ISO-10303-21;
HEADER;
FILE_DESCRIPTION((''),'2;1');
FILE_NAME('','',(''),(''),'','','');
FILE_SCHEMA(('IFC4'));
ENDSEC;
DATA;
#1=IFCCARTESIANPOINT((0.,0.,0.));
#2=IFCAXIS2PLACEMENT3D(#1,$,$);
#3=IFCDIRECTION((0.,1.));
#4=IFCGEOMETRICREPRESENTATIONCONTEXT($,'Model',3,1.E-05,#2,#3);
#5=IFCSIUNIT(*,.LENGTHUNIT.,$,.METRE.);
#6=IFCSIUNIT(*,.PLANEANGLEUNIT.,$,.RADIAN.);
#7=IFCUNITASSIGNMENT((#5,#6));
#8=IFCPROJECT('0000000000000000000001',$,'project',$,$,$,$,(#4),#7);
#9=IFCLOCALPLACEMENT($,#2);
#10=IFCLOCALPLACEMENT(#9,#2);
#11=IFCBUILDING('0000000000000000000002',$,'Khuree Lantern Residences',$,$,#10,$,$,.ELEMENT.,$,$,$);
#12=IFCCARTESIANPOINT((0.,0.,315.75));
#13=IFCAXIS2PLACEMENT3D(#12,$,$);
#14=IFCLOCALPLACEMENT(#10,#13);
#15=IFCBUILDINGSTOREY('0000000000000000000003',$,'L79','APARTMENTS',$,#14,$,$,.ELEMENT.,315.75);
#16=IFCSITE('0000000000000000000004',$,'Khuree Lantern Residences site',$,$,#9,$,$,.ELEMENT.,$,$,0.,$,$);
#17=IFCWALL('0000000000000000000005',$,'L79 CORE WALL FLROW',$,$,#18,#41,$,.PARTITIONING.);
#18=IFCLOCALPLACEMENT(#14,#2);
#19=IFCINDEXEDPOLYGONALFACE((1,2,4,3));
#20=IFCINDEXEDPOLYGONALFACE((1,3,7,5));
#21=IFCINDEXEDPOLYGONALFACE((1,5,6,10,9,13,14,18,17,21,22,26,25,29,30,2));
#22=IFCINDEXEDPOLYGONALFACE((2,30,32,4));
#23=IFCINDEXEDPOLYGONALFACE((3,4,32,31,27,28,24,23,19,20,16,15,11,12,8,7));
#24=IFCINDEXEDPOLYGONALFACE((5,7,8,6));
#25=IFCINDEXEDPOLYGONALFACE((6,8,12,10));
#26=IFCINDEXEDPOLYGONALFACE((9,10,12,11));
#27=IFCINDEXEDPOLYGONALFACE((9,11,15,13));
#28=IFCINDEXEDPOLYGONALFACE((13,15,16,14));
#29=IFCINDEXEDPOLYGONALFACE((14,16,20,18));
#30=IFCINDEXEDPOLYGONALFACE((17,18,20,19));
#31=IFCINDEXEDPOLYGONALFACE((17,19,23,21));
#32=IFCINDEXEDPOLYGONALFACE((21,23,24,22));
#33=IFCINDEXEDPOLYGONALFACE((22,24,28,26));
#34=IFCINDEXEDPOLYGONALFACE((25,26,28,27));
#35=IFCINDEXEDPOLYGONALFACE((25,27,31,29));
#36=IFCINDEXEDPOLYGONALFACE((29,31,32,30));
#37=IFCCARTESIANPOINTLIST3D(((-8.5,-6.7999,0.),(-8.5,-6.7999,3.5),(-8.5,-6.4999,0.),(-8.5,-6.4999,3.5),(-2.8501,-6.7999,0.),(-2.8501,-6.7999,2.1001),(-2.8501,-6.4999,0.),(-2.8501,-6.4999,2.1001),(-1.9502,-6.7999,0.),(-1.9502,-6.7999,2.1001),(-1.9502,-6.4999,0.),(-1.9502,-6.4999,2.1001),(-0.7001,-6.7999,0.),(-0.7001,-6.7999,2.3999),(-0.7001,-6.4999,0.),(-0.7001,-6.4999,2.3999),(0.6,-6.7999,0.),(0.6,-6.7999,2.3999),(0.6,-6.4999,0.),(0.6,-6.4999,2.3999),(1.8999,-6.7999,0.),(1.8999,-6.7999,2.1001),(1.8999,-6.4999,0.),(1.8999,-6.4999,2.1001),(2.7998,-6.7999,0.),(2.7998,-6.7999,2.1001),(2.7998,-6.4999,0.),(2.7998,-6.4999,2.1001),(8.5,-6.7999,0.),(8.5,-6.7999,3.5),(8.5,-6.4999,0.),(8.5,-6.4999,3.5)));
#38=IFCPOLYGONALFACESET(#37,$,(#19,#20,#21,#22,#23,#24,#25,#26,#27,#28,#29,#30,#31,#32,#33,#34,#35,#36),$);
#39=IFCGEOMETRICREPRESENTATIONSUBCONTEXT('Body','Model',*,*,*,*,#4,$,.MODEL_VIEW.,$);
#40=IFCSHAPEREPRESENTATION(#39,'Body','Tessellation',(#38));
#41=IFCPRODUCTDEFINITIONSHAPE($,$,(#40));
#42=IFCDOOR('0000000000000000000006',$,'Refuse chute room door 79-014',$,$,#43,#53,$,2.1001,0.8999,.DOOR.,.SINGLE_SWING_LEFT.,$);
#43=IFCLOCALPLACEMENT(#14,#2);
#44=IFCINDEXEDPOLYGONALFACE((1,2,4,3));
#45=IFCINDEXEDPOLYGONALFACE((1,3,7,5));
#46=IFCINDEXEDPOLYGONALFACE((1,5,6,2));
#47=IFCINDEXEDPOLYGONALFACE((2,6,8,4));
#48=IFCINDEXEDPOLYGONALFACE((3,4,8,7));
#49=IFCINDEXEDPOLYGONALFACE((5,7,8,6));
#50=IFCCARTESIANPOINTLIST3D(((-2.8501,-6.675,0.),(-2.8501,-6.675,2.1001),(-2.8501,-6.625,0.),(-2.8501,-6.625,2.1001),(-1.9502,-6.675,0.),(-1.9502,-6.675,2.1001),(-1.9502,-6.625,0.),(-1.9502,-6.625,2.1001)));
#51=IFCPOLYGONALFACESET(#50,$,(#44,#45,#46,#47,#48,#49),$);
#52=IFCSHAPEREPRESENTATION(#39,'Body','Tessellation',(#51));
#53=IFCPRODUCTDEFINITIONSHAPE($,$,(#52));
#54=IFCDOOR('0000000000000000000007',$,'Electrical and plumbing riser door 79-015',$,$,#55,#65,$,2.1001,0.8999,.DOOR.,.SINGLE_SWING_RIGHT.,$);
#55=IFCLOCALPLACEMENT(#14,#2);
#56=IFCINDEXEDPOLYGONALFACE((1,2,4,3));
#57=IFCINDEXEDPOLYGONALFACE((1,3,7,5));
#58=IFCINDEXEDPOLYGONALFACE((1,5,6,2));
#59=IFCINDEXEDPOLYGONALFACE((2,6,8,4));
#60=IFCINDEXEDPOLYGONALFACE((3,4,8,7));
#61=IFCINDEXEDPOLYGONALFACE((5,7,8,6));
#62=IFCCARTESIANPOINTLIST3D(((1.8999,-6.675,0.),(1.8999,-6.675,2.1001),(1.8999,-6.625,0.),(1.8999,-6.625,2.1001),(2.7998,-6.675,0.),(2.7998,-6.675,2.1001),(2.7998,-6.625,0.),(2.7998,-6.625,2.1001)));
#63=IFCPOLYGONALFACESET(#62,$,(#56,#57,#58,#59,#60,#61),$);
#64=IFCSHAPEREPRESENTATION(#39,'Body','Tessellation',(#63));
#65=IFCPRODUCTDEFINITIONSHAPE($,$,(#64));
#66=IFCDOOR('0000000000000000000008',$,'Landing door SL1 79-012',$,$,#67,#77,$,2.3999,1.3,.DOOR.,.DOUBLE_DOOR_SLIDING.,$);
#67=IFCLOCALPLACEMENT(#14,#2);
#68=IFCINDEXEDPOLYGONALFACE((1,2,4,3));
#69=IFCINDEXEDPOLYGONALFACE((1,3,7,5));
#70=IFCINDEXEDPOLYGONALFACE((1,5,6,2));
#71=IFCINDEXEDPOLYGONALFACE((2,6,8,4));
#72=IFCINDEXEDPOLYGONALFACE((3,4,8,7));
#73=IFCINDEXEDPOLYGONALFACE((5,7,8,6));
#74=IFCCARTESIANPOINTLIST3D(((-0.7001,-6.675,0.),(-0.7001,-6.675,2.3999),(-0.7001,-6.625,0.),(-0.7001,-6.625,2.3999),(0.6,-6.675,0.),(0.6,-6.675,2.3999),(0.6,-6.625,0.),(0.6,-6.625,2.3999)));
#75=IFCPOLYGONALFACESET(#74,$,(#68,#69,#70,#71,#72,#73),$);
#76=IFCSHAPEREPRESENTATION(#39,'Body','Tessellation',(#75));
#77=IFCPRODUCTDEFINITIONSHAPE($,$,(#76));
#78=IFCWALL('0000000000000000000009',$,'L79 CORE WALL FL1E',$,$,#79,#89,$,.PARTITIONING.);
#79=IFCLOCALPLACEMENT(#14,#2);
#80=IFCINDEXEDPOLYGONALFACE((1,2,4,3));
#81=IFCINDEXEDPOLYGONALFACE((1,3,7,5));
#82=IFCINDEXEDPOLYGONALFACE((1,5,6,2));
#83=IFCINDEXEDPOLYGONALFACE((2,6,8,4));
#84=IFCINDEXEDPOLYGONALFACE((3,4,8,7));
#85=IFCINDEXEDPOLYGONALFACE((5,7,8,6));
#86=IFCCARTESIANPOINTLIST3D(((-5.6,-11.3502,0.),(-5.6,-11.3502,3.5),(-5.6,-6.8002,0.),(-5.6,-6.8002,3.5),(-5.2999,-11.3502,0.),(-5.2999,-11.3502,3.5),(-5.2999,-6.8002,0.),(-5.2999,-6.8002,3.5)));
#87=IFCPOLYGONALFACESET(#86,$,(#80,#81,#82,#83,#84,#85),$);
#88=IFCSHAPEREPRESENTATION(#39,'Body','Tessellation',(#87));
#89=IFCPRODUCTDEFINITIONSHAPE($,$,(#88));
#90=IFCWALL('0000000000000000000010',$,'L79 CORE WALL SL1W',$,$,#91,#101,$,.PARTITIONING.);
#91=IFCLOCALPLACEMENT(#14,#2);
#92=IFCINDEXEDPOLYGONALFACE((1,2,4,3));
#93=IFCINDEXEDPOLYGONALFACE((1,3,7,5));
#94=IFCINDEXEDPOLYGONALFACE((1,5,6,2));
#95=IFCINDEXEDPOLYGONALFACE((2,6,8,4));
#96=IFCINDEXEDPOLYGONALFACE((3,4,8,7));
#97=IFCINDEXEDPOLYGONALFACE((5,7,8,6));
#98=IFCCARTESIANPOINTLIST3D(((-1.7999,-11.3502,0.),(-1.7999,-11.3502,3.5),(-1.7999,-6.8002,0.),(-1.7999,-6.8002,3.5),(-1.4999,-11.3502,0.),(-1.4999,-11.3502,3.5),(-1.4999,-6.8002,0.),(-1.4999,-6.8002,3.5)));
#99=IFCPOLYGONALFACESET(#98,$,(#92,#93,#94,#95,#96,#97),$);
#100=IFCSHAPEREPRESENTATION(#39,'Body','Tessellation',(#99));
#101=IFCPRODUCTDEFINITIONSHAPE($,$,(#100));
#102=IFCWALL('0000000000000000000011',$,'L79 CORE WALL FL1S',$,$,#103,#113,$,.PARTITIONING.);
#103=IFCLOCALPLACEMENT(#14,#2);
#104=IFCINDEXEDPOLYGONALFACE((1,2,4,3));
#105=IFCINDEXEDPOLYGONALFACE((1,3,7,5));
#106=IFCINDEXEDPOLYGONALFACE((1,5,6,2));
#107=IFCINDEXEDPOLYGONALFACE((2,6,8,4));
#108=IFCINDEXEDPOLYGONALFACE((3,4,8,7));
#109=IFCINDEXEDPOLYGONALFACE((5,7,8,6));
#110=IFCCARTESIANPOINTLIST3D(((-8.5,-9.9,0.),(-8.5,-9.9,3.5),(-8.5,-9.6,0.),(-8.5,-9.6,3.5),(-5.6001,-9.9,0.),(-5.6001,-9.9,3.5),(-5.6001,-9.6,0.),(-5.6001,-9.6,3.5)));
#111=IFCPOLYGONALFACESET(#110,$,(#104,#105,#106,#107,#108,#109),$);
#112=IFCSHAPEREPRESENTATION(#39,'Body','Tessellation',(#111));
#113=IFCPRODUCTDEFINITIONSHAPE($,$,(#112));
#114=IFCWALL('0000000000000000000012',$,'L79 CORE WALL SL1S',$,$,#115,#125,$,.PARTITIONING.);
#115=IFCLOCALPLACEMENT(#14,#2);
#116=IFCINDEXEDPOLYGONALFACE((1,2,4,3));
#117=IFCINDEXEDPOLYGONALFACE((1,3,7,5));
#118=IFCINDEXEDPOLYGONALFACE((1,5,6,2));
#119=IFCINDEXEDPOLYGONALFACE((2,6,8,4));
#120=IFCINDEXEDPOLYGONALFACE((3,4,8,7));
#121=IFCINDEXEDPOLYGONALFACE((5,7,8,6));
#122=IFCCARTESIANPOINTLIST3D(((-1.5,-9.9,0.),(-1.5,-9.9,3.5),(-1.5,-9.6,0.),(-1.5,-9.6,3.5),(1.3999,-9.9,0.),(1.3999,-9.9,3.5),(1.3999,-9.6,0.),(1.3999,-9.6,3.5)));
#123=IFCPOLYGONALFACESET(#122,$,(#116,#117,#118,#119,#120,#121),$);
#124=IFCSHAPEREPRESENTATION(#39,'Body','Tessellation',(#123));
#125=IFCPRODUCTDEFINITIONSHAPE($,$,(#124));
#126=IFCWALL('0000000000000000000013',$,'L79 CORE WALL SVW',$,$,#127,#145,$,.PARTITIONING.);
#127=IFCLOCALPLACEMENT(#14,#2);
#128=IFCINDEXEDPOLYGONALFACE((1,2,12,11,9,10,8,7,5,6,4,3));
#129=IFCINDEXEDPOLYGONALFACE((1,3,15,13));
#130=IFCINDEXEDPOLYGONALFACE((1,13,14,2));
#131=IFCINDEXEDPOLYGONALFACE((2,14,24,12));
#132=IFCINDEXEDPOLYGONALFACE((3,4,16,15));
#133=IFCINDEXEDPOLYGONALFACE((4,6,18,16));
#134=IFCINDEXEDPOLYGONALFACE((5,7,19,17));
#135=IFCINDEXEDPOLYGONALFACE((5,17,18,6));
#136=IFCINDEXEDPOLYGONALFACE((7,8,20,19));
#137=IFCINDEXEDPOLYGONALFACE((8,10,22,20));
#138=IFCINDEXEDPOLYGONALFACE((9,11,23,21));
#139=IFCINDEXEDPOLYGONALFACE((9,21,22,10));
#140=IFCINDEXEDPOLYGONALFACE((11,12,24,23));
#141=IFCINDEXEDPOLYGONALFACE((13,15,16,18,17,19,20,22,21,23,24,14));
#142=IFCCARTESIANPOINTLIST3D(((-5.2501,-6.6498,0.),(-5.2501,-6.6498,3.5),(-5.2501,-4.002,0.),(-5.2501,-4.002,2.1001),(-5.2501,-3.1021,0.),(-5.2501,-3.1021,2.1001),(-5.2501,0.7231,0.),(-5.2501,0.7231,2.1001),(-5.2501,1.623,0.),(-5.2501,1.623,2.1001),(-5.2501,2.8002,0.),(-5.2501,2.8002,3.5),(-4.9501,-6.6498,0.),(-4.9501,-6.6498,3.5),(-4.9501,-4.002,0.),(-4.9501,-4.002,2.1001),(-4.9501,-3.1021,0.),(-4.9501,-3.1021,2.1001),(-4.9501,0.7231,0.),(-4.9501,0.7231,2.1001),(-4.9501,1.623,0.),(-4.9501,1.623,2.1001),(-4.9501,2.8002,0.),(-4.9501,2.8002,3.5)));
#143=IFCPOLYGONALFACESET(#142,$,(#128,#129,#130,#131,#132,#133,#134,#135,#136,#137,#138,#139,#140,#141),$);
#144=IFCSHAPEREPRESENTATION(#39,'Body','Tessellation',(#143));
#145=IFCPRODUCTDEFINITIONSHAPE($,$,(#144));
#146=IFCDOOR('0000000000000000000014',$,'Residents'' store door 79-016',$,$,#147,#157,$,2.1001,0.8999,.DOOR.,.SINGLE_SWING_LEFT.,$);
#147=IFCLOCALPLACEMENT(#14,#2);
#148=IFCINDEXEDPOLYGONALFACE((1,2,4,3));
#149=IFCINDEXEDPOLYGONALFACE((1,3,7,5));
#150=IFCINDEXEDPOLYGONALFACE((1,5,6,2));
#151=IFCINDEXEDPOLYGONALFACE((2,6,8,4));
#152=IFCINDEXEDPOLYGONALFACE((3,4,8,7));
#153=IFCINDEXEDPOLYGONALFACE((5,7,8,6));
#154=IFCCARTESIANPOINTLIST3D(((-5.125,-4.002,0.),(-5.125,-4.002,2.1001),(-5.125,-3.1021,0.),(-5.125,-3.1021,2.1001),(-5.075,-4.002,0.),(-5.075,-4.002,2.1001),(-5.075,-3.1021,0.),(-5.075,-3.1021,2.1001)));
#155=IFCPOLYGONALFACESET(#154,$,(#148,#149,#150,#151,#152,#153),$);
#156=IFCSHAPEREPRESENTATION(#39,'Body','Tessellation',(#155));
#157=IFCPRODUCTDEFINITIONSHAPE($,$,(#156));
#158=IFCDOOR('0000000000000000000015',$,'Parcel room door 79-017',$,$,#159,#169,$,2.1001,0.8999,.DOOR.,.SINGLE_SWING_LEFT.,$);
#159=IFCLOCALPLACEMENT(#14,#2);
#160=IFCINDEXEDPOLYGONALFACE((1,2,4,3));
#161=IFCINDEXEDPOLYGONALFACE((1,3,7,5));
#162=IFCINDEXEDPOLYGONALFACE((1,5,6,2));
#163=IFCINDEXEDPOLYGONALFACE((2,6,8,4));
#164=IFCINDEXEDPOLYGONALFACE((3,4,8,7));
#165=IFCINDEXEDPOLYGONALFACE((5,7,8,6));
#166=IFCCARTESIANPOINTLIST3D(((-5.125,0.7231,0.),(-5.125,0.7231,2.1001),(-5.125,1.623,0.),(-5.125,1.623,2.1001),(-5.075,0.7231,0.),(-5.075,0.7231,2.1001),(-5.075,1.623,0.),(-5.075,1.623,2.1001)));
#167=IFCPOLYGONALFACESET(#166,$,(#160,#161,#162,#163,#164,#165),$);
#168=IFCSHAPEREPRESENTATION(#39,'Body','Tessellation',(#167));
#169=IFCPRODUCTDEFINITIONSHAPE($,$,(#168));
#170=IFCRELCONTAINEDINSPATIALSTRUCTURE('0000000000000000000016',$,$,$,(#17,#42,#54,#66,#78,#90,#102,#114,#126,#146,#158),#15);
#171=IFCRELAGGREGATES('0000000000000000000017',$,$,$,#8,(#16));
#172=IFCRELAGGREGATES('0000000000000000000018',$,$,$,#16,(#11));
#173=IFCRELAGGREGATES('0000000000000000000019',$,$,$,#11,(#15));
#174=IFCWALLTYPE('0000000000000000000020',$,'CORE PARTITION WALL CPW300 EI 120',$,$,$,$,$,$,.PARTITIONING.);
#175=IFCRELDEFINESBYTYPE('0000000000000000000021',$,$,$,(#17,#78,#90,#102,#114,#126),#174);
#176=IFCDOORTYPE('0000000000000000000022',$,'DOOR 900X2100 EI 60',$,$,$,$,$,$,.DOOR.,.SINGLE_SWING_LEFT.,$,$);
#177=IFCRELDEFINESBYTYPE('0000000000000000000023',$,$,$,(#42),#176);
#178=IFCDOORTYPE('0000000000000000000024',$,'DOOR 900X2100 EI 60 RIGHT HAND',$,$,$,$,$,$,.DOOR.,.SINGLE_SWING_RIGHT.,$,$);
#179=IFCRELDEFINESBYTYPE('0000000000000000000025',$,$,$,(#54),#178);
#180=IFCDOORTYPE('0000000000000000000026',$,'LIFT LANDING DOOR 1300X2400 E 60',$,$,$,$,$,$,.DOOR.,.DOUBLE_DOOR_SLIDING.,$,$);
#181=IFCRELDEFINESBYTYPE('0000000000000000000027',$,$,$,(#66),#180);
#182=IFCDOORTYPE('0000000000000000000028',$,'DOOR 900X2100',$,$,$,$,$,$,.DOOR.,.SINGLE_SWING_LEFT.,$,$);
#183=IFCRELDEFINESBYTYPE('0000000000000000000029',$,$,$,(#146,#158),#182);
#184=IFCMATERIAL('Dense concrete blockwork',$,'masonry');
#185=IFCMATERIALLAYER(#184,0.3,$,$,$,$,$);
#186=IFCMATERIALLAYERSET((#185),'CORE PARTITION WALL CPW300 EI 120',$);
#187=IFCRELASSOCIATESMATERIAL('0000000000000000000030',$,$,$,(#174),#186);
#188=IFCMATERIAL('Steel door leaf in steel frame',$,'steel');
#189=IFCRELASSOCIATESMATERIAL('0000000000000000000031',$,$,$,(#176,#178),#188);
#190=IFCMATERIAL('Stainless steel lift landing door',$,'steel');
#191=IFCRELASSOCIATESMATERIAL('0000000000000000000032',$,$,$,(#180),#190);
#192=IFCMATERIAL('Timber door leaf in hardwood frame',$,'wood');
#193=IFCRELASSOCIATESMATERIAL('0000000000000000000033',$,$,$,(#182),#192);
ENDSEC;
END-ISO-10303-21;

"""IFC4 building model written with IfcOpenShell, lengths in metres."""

from ifc_helpers import new_model, si_unit, direction, frame, frame_2d, origin, place, context, subcontext, project, spatial, rectangle, extrude, material, layer, layer_set, type_object, element, fill, save


model = new_model("IFC4")

# Units and contexts
model_context = context("Model", 3, precision=1e-05, world=origin(), true_north=direction((0.0, 1.0)))
body_context = subcontext(model_context, "Body", "Model", "MODEL_VIEW")
ifc_project = project(units=[si_unit("LENGTHUNIT", "METRE"), si_unit("PLANEANGLEUNIT", "RADIAN")], contexts=[model_context])

# Site, building, storey
site_placement = place(None, origin())
site = spatial("IfcSite", under=ifc_project, at=site_placement, Name="Khuree Lantern Residences site", CompositionType="ELEMENT", RefElevation=0.0)
building_placement = place(site_placement, origin())
building = spatial("IfcBuilding", under=site, at=building_placement, Name="Khuree Lantern Residences", CompositionType="ELEMENT")
storey_placement = place(building_placement, frame((0.0, 0.0, 315.75)))
storey = spatial("IfcBuildingStorey", under=building, at=storey_placement, Name="L79", Description="APARTMENTS", CompositionType="ELEMENT", Elevation=315.75)

# Shared definitions
ifc_material_1 = material(Name="Timber door leaf in hardwood frame", Category="wood")

# Wall, openings, doors
ifc_material_2 = material(Name="Dense concrete blockwork", Category="masonry")
ifc_layer_1 = layer(ifc_material_2, 0.3)
ifc_layer_set_1 = layer_set([ifc_layer_1], Name="CORE PARTITION WALL CPW300 EI 120")
wall_type_1 = type_object("IfcWallType", Name="CORE PARTITION WALL CPW300 EI 120", PredefinedType="PARTITIONING", material=ifc_layer_set_1)
wall_1_placement = place(storey_placement, frame((-8.5, -6.6499, 0.0), z_axis=(0.0, 0.0, 1.0), x_axis=(1.0, 0.0, 0.0)))
wall_1 = element("IfcWall", 1, at=wall_1_placement, inside=storey, type_object=wall_type_1, Name="L79 CORE WALL FLROW", PredefinedType="PARTITIONING", context=body_context, shape_type="SweptSolid", body=[
    extrude(rectangle(XDim=17.0, YDim=0.3, at=frame_2d((8.5, 0.0))), origin(), (0.0, 0.0, 1.0), 3.5),
])
opening_1_placement = place(wall_1_placement, frame((7.8, 0.0, 0.0)))
opening_1 = element("IfcOpeningElement", 2, at=opening_1_placement, cuts=wall_1, PredefinedType="OPENING", context=body_context, shape_type="SweptSolid", body=[
    extrude(rectangle(XDim=1.3, YDim=2.3999, at=frame_2d((0.6499, 1.2))), frame((0.0, 0.1602, 0.0), z_axis=(0.0, -1.0, 0.0), x_axis=(1.0, 0.0, 0.0)), (0.0, 0.0, 1.0), 0.3201),
])
opening_2_placement = place(wall_1_placement, frame((5.6499, 0.0, 0.0)))
opening_2 = element("IfcOpeningElement", 3, at=opening_2_placement, cuts=wall_1, PredefinedType="OPENING", context=body_context, shape_type="SweptSolid", body=[
    extrude(rectangle(XDim=0.8999, YDim=2.1001, at=frame_2d((0.45, 1.05))), frame((0.0, 0.1602, 0.0), z_axis=(0.0, -1.0, 0.0), x_axis=(1.0, 0.0, 0.0)), (0.0, 0.0, 1.0), 0.3201),
])
opening_3_placement = place(wall_1_placement, frame((10.3999, 0.0, 0.0)))
opening_3 = element("IfcOpeningElement", 4, at=opening_3_placement, cuts=wall_1, PredefinedType="OPENING", context=body_context, shape_type="SweptSolid", body=[
    extrude(rectangle(XDim=0.8999, YDim=2.1001, at=frame_2d((0.45, 1.05))), frame((0.0, 0.1602, 0.0), z_axis=(0.0, -1.0, 0.0), x_axis=(1.0, 0.0, 0.0)), (0.0, 0.0, 1.0), 0.3201),
])
ifc_material_3 = material(Name="Steel door leaf in steel frame", Category="steel")
door_type_1 = type_object("IfcDoorType", Name="DOOR 900X2100 EI 60", OperationType="SINGLE_SWING_LEFT", PredefinedType="DOOR", material=ifc_material_3)
door_1_placement = place(opening_2_placement, origin())
door_1 = element("IfcDoor", 5, at=door_1_placement, inside=storey, type_object=door_type_1, Name="Refuse chute room door 79-014", OperationType="SINGLE_SWING_LEFT", OverallHeight=2.1001, OverallWidth=0.8999, PredefinedType="DOOR", context=body_context, shape_type="SweptSolid", body=[
    extrude(rectangle(XDim=0.8999, YDim=2.1001, at=frame_2d((0.45, 1.05))), frame((0.0, 0.0249, 0.0), z_axis=(0.0, -1.0, 0.0), x_axis=(1.0, 0.0, 0.0)), (0.0, 0.0, 1.0), 0.05),
])
fill(opening_2, door_1)
door_type_2 = type_object("IfcDoorType", Name="DOOR 900X2100 EI 60 RIGHT HAND", OperationType="SINGLE_SWING_RIGHT", PredefinedType="DOOR", material=ifc_material_3)
door_2_placement = place(opening_3_placement, origin())
door_2 = element("IfcDoor", 6, at=door_2_placement, inside=storey, type_object=door_type_2, Name="Electrical and plumbing riser door 79-015", OperationType="SINGLE_SWING_RIGHT", OverallHeight=2.1001, OverallWidth=0.8999, PredefinedType="DOOR", context=body_context, shape_type="SweptSolid", body=[
    extrude(rectangle(XDim=0.8999, YDim=2.1001, at=frame_2d((0.45, 1.05))), frame((0.0, 0.0249, 0.0), z_axis=(0.0, -1.0, 0.0), x_axis=(1.0, 0.0, 0.0)), (0.0, 0.0, 1.0), 0.05),
])
fill(opening_3, door_2)
ifc_material_4 = material(Name="Stainless steel lift landing door", Category="steel")
door_type_3 = type_object("IfcDoorType", Name="LIFT LANDING DOOR 1300X2400 E 60", OperationType="DOUBLE_DOOR_SLIDING", PredefinedType="DOOR", material=ifc_material_4)
door_3_placement = place(opening_1_placement, origin())
door_3 = element("IfcDoor", 7, at=door_3_placement, inside=storey, type_object=door_type_3, Name="Landing door SL1 79-012", OperationType="DOUBLE_DOOR_SLIDING", OverallHeight=2.3999, OverallWidth=1.3, PredefinedType="DOOR", context=body_context, shape_type="SweptSolid", body=[
    extrude(rectangle(XDim=1.3, YDim=2.3999, at=frame_2d((0.6499, 1.2))), frame((0.0, 0.0249, 0.0), z_axis=(0.0, -1.0, 0.0), x_axis=(1.0, 0.0, 0.0)), (0.0, 0.0, 1.0), 0.05),
])
fill(opening_1, door_3)

# Walls
for number, where, z_axis, x_axis, name in (
    (8, (-5.45, -11.3501, 0.0), (0.0, 0.0, 1.0), (0.0, 1.0, 0.0), "L79 CORE WALL FL1E"),
    (9, (-1.6499, -11.3501, 0.0), (0.0, 0.0, 1.0), (0.0, 1.0, 0.0), "L79 CORE WALL SL1W"),
):
    element("IfcWall", number, at=place(storey_placement, frame(where, z_axis=z_axis, x_axis=x_axis)), inside=storey, type_object=wall_type_1, Name=name, PredefinedType="PARTITIONING", context=body_context, shape_type="SweptSolid", body=[
        extrude(rectangle(XDim=4.55, YDim=0.3, at=frame_2d((2.2749, 0.0))), origin(), (0.0, 0.0, 1.0), 3.5),
    ])
for number, where, z_axis, x_axis, name in (
    (10, (-8.5, -9.75, 0.0), (0.0, 0.0, 1.0), (1.0, 0.0, 0.0), "L79 CORE WALL FL1S"),
    (11, (-1.5, -9.75, 0.0), (0.0, 0.0, 1.0), (1.0, 0.0, 0.0), "L79 CORE WALL SL1S"),
):
    element("IfcWall", number, at=place(storey_placement, frame(where, z_axis=z_axis, x_axis=x_axis)), inside=storey, type_object=wall_type_1, Name=name, PredefinedType="PARTITIONING", context=body_context, shape_type="SweptSolid", body=[
        extrude(rectangle(XDim=2.8999, YDim=0.3, at=frame_2d((1.45, 0.0))), origin(), (0.0, 0.0, 1.0), 3.5),
    ])

# Wall, openings, doors
wall_2_placement = place(storey_placement, frame((-5.1001, -6.6499, 0.0), z_axis=(0.0, 0.0, 1.0), x_axis=(0.0, 1.0, 0.0)))
wall_2 = element("IfcWall", 12, at=wall_2_placement, inside=storey, type_object=wall_type_1, Name="L79 CORE WALL SVW", PredefinedType="PARTITIONING", context=body_context, shape_type="SweptSolid", body=[
    extrude(rectangle(XDim=9.45, YDim=0.3, at=frame_2d((4.7251, 0.0))), origin(), (0.0, 0.0, 1.0), 3.5),
])
opening_4_placement = place(wall_2_placement, frame((2.6479, 0.0, 0.0)))
opening_4 = element("IfcOpeningElement", 13, at=opening_4_placement, cuts=wall_2, PredefinedType="OPENING", context=body_context, shape_type="SweptSolid", body=[
    extrude(rectangle(XDim=0.8999, YDim=2.1001, at=frame_2d((0.45, 1.05))), frame((0.0, 0.1602, 0.0), z_axis=(0.0, -1.0, 0.0), x_axis=(1.0, 0.0, 0.0)), (0.0, 0.0, 1.0), 0.3201),
])
opening_5_placement = place(wall_2_placement, frame((7.373, 0.0, 0.0)))
opening_5 = element("IfcOpeningElement", 14, at=opening_5_placement, cuts=wall_2, PredefinedType="OPENING", context=body_context, shape_type="SweptSolid", body=[
    extrude(rectangle(XDim=0.8999, YDim=2.1001, at=frame_2d((0.45, 1.05))), frame((0.0, 0.1602, 0.0), z_axis=(0.0, -1.0, 0.0), x_axis=(1.0, 0.0, 0.0)), (0.0, 0.0, 1.0), 0.3201),
])
door_type_4 = type_object("IfcDoorType", Name="DOOR 900X2100", OperationType="SINGLE_SWING_LEFT", PredefinedType="DOOR", material=ifc_material_1)
door_4_placement = place(opening_4_placement, origin())
door_4 = element("IfcDoor", 15, at=door_4_placement, inside=storey, type_object=door_type_4, Name="Residents' store door 79-016", OperationType="SINGLE_SWING_LEFT", OverallHeight=2.1001, OverallWidth=0.8999, PredefinedType="DOOR", context=body_context, shape_type="SweptSolid", body=[
    extrude(rectangle(XDim=0.8999, YDim=2.1001, at=frame_2d((0.45, 1.05))), frame((0.0, 0.0249, 0.0), z_axis=(0.0, -1.0, 0.0), x_axis=(1.0, 0.0, 0.0)), (0.0, 0.0, 1.0), 0.05),
])
fill(opening_4, door_4)
door_5_placement = place(opening_5_placement, origin())
door_5 = element("IfcDoor", 16, at=door_5_placement, inside=storey, type_object=door_type_4, Name="Parcel room door 79-017", OperationType="SINGLE_SWING_LEFT", OverallHeight=2.1001, OverallWidth=0.8999, PredefinedType="DOOR", context=body_context, shape_type="SweptSolid", body=[
    extrude(rectangle(XDim=0.8999, YDim=2.1001, at=frame_2d((0.45, 1.05))), frame((0.0, 0.0249, 0.0), z_axis=(0.0, -1.0, 0.0), x_axis=(1.0, 0.0, 0.0)), (0.0, 0.0, 1.0), 0.05),
])
fill(opening_5, door_5)

save(model, "model.ifc")
